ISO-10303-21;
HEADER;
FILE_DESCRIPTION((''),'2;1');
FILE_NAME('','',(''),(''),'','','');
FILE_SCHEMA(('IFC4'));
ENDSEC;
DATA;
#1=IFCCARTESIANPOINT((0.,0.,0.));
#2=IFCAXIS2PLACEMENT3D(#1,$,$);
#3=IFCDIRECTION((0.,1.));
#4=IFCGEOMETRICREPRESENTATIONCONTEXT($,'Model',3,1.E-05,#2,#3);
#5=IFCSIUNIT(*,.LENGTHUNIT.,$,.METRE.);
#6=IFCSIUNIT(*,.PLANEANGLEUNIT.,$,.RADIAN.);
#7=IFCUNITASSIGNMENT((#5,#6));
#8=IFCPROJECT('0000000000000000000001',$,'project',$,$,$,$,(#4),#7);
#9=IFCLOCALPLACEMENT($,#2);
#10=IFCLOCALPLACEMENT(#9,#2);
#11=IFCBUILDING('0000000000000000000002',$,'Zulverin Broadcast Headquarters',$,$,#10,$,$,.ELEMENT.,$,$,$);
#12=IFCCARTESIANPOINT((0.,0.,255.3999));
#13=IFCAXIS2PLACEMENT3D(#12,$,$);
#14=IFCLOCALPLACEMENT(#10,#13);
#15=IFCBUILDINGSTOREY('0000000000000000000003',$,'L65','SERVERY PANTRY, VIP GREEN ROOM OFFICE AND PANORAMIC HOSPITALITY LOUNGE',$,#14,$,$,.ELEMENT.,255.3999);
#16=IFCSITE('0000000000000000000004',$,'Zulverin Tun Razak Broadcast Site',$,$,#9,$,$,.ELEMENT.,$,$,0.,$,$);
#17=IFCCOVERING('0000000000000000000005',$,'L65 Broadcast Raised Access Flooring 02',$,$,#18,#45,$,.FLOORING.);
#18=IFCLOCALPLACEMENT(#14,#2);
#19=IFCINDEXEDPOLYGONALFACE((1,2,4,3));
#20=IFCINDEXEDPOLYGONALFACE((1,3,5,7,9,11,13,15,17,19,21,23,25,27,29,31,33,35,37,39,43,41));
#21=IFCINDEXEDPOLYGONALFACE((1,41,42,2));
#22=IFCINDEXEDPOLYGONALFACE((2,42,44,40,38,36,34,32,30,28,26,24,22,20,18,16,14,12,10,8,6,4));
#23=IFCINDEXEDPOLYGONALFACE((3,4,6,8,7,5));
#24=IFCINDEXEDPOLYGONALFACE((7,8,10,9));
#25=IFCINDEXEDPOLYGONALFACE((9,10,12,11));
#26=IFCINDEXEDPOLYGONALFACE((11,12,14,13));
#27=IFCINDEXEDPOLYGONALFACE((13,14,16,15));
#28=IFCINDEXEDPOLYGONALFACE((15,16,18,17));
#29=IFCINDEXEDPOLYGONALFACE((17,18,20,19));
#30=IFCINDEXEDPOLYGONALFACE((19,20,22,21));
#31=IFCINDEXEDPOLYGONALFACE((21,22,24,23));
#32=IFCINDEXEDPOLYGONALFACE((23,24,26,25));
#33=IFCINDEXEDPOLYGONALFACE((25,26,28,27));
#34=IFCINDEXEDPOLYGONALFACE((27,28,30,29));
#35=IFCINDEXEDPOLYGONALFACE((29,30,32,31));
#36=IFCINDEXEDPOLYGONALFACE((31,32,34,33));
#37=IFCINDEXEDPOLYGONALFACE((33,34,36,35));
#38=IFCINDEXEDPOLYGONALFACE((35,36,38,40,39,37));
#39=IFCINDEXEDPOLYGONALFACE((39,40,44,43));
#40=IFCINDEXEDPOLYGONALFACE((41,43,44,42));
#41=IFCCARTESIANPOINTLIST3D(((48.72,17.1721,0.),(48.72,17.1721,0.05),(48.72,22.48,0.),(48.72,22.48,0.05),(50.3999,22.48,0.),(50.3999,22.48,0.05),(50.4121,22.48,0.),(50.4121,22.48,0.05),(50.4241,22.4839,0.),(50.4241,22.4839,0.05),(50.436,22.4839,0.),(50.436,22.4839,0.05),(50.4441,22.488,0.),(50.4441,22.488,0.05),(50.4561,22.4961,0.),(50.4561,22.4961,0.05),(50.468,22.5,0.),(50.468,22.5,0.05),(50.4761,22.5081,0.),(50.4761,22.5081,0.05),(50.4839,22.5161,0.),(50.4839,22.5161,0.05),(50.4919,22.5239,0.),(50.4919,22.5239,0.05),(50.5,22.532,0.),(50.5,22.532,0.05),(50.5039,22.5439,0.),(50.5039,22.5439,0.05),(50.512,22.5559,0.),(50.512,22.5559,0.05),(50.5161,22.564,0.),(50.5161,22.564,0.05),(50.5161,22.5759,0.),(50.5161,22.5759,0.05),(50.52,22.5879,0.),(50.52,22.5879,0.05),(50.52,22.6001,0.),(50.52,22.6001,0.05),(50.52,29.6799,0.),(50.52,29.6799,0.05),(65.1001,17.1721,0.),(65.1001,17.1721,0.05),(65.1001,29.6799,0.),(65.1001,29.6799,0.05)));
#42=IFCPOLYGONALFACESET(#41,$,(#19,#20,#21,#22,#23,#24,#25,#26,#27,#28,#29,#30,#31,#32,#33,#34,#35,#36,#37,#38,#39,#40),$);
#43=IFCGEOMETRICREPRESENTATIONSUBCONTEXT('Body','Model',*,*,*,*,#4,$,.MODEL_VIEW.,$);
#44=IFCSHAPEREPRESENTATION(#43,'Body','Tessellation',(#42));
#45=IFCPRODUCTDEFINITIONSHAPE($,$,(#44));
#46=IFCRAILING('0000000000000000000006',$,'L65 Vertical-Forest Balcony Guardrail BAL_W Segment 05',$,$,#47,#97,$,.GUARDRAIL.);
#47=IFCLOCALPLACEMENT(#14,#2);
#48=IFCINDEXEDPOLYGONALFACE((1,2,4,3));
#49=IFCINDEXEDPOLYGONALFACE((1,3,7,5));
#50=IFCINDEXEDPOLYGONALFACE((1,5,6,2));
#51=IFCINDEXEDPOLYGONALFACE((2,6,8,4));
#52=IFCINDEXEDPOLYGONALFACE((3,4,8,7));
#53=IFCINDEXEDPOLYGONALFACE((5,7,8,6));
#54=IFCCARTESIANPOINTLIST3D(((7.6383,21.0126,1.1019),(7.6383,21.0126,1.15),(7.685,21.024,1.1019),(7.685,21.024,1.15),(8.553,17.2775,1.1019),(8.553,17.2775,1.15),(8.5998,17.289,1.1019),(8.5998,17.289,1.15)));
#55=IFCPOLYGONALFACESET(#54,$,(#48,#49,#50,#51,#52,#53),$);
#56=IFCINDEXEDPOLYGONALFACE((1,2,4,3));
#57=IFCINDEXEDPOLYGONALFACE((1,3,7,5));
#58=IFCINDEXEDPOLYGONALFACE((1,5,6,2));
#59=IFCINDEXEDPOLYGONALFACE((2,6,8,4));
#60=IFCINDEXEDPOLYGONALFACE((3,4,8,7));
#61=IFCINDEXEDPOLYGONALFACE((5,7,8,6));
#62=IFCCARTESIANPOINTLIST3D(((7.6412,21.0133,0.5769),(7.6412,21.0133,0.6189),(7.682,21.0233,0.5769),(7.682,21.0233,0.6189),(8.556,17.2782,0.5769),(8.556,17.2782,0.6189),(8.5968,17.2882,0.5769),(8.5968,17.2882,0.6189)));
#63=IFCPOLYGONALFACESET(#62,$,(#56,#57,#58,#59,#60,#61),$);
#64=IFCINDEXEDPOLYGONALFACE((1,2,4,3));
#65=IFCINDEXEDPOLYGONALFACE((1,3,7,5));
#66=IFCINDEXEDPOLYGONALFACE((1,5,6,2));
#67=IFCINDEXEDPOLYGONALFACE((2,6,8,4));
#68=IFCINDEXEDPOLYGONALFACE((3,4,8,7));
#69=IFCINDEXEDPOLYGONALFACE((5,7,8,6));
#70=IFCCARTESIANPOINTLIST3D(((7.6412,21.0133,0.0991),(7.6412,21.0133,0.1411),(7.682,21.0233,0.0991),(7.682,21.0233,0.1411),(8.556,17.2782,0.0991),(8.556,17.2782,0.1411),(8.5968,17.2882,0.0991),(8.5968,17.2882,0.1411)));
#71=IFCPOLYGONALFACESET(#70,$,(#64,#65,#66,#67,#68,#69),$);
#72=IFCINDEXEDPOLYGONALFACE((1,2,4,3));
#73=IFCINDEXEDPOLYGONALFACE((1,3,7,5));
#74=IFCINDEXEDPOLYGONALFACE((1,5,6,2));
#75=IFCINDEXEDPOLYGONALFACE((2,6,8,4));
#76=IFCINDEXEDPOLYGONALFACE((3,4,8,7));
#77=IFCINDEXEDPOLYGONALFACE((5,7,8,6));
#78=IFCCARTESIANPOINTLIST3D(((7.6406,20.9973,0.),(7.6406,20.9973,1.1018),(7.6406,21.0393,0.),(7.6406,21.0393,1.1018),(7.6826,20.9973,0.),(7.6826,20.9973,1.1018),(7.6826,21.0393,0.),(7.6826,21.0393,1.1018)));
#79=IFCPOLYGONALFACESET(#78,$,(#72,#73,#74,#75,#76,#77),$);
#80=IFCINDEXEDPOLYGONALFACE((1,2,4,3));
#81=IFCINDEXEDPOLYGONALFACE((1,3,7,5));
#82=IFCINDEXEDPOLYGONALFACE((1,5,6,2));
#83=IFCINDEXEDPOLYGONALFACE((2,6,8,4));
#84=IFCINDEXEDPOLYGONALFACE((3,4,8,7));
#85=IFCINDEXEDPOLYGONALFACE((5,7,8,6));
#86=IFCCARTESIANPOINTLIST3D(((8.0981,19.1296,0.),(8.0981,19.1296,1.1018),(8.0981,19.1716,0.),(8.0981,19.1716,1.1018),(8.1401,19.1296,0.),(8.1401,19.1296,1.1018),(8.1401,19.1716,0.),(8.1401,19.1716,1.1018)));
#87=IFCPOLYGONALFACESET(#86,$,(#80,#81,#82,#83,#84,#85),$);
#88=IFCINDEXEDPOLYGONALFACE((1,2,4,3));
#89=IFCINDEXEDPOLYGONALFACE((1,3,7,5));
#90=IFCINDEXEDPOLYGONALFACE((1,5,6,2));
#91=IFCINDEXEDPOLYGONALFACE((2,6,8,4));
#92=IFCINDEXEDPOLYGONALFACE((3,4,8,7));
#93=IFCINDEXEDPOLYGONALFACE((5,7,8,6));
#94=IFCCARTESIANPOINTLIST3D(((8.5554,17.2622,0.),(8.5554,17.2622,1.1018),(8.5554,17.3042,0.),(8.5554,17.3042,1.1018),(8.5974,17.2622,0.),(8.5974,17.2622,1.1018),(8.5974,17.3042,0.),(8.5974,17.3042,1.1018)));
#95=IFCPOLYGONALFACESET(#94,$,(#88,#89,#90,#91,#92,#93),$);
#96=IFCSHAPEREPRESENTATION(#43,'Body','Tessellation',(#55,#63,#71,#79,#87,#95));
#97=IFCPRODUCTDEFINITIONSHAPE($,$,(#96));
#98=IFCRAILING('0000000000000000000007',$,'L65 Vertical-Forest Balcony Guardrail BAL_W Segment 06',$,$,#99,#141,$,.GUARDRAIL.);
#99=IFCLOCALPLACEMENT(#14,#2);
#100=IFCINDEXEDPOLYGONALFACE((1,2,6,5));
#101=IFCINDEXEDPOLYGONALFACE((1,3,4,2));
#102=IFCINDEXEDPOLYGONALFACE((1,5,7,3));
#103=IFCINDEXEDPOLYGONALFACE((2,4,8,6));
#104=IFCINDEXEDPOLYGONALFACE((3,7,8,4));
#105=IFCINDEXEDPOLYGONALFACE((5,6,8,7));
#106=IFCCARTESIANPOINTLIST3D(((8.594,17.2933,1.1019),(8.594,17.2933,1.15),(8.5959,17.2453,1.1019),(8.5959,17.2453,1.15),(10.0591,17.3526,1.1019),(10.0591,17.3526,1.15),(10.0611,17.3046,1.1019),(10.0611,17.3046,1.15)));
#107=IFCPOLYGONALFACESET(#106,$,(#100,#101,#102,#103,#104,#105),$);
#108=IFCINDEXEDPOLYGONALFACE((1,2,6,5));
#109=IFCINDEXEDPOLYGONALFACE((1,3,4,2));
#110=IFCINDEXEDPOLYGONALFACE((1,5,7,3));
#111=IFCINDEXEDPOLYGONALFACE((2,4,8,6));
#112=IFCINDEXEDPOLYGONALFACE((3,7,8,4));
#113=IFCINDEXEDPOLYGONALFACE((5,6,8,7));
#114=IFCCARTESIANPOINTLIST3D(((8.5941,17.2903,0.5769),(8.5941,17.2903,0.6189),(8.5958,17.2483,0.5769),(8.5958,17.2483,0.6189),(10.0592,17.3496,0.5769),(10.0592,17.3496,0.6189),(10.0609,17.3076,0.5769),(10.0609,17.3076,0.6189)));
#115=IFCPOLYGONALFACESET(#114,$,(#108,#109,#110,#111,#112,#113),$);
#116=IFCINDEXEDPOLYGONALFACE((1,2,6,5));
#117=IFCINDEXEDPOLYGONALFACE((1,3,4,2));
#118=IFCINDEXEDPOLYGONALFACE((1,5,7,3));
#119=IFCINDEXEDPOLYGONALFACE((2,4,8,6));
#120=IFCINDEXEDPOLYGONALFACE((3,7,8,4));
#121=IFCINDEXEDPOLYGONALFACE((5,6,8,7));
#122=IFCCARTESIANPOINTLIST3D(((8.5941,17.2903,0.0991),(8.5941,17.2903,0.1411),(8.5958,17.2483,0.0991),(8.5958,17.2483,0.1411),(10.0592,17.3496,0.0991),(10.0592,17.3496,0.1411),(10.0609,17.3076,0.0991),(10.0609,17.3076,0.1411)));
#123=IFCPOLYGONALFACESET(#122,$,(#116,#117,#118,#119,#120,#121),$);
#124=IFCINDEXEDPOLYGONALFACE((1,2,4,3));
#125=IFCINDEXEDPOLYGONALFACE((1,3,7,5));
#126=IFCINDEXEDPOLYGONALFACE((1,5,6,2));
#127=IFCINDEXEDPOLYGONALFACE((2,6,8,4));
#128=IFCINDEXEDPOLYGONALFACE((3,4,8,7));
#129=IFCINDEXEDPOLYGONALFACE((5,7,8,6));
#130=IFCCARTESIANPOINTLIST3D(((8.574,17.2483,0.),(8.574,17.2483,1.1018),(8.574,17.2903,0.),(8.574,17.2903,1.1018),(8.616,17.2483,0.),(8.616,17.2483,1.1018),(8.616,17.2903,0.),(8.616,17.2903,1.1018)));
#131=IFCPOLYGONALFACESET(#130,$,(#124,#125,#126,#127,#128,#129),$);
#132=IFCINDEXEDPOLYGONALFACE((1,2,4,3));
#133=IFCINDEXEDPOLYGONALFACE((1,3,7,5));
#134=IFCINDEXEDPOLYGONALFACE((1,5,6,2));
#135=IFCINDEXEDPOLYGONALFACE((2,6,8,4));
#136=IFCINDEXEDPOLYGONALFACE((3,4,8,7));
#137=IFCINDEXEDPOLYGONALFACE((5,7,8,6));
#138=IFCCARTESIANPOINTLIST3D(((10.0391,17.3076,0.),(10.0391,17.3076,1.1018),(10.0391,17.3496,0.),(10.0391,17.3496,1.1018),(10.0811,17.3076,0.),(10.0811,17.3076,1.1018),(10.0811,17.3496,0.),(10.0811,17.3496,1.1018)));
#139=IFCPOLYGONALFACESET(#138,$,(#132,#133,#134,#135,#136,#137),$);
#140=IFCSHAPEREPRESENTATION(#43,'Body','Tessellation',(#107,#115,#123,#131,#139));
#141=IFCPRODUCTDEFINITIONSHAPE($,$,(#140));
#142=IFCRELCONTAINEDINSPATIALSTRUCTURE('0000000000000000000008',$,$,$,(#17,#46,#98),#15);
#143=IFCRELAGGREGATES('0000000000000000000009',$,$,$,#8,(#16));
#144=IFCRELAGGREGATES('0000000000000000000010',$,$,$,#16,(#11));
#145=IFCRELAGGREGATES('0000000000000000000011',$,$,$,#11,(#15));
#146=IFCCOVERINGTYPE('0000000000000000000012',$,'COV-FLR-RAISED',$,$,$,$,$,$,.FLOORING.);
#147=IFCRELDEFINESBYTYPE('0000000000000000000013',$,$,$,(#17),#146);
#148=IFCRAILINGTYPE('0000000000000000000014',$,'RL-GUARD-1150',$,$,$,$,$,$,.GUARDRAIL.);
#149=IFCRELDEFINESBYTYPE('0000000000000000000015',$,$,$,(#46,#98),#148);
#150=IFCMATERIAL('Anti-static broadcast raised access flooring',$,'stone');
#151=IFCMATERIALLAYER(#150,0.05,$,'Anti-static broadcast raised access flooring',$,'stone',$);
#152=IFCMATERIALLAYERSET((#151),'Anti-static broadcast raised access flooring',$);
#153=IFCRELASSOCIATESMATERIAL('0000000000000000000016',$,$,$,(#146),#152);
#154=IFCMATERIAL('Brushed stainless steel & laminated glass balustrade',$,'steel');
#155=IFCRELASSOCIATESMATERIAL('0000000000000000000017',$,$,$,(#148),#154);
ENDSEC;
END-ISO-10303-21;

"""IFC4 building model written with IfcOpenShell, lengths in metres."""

from ifc_helpers import new_model, si_unit, direction, frame, origin, origin_2d, place, context, subcontext, project, spatial, polyline, rectangle, outline, extrude, material, layer, layer_set, type_object, element, save


model = new_model("IFC4")

# Units and contexts
model_context = context("Model", 3, precision=1e-05, world=origin(), true_north=direction((0.0, 1.0)))
body_context = subcontext(model_context, "Body", "Model", "MODEL_VIEW")
ifc_project = project(units=[si_unit("LENGTHUNIT", "METRE"), si_unit("PLANEANGLEUNIT", "RADIAN")], contexts=[model_context])

# Site, building, storey
site_placement = place(None, origin())
site = spatial("IfcSite", under=ifc_project, at=site_placement, Name="Zulverin Tun Razak Broadcast Site", CompositionType="ELEMENT", RefElevation=0.0)
building_placement = place(site_placement, origin())
building = spatial("IfcBuilding", under=site, at=building_placement, Name="Zulverin Broadcast Headquarters", CompositionType="ELEMENT")
storey_placement = place(building_placement, frame((0.0, 0.0, 255.3999)))
storey = spatial("IfcBuildingStorey", under=building, at=storey_placement, Name="L65", Description="SERVERY PANTRY, VIP GREEN ROOM OFFICE AND PANORAMIC HOSPITALITY LOUNGE", CompositionType="ELEMENT", Elevation=255.3999)

# Covering
ifc_material_1 = material(Name="Anti-static broadcast raised access flooring", Category="stone")
ifc_layer_1 = layer(ifc_material_1, 0.05, Name="Anti-static broadcast raised access flooring", Category="stone")
ifc_layer_set_1 = layer_set([ifc_layer_1], Name="Anti-static broadcast raised access flooring")
covering_type_1 = type_object("IfcCoveringType", Name="COV-FLR-RAISED", PredefinedType="FLOORING", material=ifc_layer_set_1)
covering_1_placement = place(storey_placement, origin())
element("IfcCovering", 1, at=covering_1_placement, inside=storey, type_object=covering_type_1, Name="L65 Broadcast Raised Access Flooring 02", PredefinedType="FLOORING", context=body_context, shape_type="SweptSolid", body=[
    extrude(outline(polyline([(65.1001, 17.1721), (65.1001, 29.6799), (50.52, 29.6799), (50.52, 22.6001), (50.52, 22.5879), (50.5161, 22.5759), (50.5161, 22.564), (50.512, 22.5559), (50.5039, 22.5439), (50.5, 22.532), (50.4919, 22.5239), (50.4839, 22.5161), (50.4761, 22.5081), (50.468, 22.5), (50.4561, 22.4961), (50.4441, 22.488), (50.436, 22.4839), (50.4241, 22.4839), (50.4121, 22.48), (50.3999, 22.48), (48.72, 22.48), (48.72, 17.1721), (65.1001, 17.1721)])), origin(), (0.0, 0.0, 1.0), 0.05),
])

# Railings
ifc_material_2 = material(Name="Brushed stainless steel & laminated glass balustrade", Category="steel")
railing_type = type_object("IfcRailingType", Name="RL-GUARD-1150", PredefinedType="GUARDRAIL", material=ifc_material_2)
railing_1_placement = place(storey_placement, frame((7.6616, 21.0183, 0.0)))
element("IfcRailing", 2, at=railing_1_placement, inside=storey, type_object=railing_type, Name="L65 Vertical-Forest Balcony Guardrail BAL_W Segment 05", PredefinedType="GUARDRAIL", context=body_context, shape_type="SweptSolid", body=[
    extrude(rectangle(XDim=0.0481, YDim=0.0481, at=origin_2d()), frame((0.0, 0.0, 1.126), z_axis=(0.237887, -0.971293, 0.0), x_axis=(0.971293, 0.237887, 0.0)), (0.0, 0.0, 1.0), 3.8455),
    extrude(rectangle(XDim=0.042, YDim=0.042, at=origin_2d()), frame((0.0, 0.0, 0.5979), z_axis=(0.237887, -0.971293, 0.0), x_axis=(0.971293, 0.237887, 0.0)), (0.0, 0.0, 1.0), 3.8455),
    extrude(rectangle(XDim=0.042, YDim=0.042, at=origin_2d()), frame((0.0, 0.0, 0.1201), z_axis=(0.237887, -0.971293, 0.0), x_axis=(0.971293, 0.237887, 0.0)), (0.0, 0.0, 1.0), 3.8455),
    extrude(rectangle(XDim=0.042, YDim=0.042, at=origin_2d()), origin(), (0.0, 0.0, 1.0), 1.1018),
    extrude(rectangle(XDim=0.042, YDim=0.042, at=origin_2d()), frame((0.4575, -1.8677, 0.0)), (0.0, 0.0, 1.0), 1.1018),
    extrude(rectangle(XDim=0.042, YDim=0.042, at=origin_2d()), frame((0.9148, -3.7351, 0.0)), (0.0, 0.0, 1.0), 1.1018),
])
railing_2_placement = place(storey_placement, frame((8.595, 17.2693, 0.0)))
element("IfcRailing", 3, at=railing_2_placement, inside=storey, type_object=railing_type, Name="L65 Vertical-Forest Balcony Guardrail BAL_W Segment 06", PredefinedType="GUARDRAIL", context=body_context, shape_type="SweptSolid", body=[
    extrude(rectangle(XDim=0.0481, YDim=0.0481, at=origin_2d()), frame((0.0, 0.0, 1.126), z_axis=(0.999181, 0.04046, 0.0), x_axis=(-0.04046, 0.999181, 0.0)), (0.0, 0.0, 1.0), 1.4663),
    extrude(rectangle(XDim=0.042, YDim=0.042, at=origin_2d()), frame((0.0, 0.0, 0.5979), z_axis=(0.999181, 0.04046, 0.0), x_axis=(-0.04046, 0.999181, 0.0)), (0.0, 0.0, 1.0), 1.4663),
    extrude(rectangle(XDim=0.042, YDim=0.042, at=origin_2d()), frame((0.0, 0.0, 0.1201), z_axis=(0.999181, 0.04046, 0.0), x_axis=(-0.04046, 0.999181, 0.0)), (0.0, 0.0, 1.0), 1.4663),
    extrude(rectangle(XDim=0.042, YDim=0.042, at=origin_2d()), origin(), (0.0, 0.0, 1.0), 1.1018),
    extrude(rectangle(XDim=0.042, YDim=0.042, at=origin_2d()), frame((1.4651, 0.0593, 0.0)), (0.0, 0.0, 1.0), 1.1018),
])

save(model, "model.ifc")
